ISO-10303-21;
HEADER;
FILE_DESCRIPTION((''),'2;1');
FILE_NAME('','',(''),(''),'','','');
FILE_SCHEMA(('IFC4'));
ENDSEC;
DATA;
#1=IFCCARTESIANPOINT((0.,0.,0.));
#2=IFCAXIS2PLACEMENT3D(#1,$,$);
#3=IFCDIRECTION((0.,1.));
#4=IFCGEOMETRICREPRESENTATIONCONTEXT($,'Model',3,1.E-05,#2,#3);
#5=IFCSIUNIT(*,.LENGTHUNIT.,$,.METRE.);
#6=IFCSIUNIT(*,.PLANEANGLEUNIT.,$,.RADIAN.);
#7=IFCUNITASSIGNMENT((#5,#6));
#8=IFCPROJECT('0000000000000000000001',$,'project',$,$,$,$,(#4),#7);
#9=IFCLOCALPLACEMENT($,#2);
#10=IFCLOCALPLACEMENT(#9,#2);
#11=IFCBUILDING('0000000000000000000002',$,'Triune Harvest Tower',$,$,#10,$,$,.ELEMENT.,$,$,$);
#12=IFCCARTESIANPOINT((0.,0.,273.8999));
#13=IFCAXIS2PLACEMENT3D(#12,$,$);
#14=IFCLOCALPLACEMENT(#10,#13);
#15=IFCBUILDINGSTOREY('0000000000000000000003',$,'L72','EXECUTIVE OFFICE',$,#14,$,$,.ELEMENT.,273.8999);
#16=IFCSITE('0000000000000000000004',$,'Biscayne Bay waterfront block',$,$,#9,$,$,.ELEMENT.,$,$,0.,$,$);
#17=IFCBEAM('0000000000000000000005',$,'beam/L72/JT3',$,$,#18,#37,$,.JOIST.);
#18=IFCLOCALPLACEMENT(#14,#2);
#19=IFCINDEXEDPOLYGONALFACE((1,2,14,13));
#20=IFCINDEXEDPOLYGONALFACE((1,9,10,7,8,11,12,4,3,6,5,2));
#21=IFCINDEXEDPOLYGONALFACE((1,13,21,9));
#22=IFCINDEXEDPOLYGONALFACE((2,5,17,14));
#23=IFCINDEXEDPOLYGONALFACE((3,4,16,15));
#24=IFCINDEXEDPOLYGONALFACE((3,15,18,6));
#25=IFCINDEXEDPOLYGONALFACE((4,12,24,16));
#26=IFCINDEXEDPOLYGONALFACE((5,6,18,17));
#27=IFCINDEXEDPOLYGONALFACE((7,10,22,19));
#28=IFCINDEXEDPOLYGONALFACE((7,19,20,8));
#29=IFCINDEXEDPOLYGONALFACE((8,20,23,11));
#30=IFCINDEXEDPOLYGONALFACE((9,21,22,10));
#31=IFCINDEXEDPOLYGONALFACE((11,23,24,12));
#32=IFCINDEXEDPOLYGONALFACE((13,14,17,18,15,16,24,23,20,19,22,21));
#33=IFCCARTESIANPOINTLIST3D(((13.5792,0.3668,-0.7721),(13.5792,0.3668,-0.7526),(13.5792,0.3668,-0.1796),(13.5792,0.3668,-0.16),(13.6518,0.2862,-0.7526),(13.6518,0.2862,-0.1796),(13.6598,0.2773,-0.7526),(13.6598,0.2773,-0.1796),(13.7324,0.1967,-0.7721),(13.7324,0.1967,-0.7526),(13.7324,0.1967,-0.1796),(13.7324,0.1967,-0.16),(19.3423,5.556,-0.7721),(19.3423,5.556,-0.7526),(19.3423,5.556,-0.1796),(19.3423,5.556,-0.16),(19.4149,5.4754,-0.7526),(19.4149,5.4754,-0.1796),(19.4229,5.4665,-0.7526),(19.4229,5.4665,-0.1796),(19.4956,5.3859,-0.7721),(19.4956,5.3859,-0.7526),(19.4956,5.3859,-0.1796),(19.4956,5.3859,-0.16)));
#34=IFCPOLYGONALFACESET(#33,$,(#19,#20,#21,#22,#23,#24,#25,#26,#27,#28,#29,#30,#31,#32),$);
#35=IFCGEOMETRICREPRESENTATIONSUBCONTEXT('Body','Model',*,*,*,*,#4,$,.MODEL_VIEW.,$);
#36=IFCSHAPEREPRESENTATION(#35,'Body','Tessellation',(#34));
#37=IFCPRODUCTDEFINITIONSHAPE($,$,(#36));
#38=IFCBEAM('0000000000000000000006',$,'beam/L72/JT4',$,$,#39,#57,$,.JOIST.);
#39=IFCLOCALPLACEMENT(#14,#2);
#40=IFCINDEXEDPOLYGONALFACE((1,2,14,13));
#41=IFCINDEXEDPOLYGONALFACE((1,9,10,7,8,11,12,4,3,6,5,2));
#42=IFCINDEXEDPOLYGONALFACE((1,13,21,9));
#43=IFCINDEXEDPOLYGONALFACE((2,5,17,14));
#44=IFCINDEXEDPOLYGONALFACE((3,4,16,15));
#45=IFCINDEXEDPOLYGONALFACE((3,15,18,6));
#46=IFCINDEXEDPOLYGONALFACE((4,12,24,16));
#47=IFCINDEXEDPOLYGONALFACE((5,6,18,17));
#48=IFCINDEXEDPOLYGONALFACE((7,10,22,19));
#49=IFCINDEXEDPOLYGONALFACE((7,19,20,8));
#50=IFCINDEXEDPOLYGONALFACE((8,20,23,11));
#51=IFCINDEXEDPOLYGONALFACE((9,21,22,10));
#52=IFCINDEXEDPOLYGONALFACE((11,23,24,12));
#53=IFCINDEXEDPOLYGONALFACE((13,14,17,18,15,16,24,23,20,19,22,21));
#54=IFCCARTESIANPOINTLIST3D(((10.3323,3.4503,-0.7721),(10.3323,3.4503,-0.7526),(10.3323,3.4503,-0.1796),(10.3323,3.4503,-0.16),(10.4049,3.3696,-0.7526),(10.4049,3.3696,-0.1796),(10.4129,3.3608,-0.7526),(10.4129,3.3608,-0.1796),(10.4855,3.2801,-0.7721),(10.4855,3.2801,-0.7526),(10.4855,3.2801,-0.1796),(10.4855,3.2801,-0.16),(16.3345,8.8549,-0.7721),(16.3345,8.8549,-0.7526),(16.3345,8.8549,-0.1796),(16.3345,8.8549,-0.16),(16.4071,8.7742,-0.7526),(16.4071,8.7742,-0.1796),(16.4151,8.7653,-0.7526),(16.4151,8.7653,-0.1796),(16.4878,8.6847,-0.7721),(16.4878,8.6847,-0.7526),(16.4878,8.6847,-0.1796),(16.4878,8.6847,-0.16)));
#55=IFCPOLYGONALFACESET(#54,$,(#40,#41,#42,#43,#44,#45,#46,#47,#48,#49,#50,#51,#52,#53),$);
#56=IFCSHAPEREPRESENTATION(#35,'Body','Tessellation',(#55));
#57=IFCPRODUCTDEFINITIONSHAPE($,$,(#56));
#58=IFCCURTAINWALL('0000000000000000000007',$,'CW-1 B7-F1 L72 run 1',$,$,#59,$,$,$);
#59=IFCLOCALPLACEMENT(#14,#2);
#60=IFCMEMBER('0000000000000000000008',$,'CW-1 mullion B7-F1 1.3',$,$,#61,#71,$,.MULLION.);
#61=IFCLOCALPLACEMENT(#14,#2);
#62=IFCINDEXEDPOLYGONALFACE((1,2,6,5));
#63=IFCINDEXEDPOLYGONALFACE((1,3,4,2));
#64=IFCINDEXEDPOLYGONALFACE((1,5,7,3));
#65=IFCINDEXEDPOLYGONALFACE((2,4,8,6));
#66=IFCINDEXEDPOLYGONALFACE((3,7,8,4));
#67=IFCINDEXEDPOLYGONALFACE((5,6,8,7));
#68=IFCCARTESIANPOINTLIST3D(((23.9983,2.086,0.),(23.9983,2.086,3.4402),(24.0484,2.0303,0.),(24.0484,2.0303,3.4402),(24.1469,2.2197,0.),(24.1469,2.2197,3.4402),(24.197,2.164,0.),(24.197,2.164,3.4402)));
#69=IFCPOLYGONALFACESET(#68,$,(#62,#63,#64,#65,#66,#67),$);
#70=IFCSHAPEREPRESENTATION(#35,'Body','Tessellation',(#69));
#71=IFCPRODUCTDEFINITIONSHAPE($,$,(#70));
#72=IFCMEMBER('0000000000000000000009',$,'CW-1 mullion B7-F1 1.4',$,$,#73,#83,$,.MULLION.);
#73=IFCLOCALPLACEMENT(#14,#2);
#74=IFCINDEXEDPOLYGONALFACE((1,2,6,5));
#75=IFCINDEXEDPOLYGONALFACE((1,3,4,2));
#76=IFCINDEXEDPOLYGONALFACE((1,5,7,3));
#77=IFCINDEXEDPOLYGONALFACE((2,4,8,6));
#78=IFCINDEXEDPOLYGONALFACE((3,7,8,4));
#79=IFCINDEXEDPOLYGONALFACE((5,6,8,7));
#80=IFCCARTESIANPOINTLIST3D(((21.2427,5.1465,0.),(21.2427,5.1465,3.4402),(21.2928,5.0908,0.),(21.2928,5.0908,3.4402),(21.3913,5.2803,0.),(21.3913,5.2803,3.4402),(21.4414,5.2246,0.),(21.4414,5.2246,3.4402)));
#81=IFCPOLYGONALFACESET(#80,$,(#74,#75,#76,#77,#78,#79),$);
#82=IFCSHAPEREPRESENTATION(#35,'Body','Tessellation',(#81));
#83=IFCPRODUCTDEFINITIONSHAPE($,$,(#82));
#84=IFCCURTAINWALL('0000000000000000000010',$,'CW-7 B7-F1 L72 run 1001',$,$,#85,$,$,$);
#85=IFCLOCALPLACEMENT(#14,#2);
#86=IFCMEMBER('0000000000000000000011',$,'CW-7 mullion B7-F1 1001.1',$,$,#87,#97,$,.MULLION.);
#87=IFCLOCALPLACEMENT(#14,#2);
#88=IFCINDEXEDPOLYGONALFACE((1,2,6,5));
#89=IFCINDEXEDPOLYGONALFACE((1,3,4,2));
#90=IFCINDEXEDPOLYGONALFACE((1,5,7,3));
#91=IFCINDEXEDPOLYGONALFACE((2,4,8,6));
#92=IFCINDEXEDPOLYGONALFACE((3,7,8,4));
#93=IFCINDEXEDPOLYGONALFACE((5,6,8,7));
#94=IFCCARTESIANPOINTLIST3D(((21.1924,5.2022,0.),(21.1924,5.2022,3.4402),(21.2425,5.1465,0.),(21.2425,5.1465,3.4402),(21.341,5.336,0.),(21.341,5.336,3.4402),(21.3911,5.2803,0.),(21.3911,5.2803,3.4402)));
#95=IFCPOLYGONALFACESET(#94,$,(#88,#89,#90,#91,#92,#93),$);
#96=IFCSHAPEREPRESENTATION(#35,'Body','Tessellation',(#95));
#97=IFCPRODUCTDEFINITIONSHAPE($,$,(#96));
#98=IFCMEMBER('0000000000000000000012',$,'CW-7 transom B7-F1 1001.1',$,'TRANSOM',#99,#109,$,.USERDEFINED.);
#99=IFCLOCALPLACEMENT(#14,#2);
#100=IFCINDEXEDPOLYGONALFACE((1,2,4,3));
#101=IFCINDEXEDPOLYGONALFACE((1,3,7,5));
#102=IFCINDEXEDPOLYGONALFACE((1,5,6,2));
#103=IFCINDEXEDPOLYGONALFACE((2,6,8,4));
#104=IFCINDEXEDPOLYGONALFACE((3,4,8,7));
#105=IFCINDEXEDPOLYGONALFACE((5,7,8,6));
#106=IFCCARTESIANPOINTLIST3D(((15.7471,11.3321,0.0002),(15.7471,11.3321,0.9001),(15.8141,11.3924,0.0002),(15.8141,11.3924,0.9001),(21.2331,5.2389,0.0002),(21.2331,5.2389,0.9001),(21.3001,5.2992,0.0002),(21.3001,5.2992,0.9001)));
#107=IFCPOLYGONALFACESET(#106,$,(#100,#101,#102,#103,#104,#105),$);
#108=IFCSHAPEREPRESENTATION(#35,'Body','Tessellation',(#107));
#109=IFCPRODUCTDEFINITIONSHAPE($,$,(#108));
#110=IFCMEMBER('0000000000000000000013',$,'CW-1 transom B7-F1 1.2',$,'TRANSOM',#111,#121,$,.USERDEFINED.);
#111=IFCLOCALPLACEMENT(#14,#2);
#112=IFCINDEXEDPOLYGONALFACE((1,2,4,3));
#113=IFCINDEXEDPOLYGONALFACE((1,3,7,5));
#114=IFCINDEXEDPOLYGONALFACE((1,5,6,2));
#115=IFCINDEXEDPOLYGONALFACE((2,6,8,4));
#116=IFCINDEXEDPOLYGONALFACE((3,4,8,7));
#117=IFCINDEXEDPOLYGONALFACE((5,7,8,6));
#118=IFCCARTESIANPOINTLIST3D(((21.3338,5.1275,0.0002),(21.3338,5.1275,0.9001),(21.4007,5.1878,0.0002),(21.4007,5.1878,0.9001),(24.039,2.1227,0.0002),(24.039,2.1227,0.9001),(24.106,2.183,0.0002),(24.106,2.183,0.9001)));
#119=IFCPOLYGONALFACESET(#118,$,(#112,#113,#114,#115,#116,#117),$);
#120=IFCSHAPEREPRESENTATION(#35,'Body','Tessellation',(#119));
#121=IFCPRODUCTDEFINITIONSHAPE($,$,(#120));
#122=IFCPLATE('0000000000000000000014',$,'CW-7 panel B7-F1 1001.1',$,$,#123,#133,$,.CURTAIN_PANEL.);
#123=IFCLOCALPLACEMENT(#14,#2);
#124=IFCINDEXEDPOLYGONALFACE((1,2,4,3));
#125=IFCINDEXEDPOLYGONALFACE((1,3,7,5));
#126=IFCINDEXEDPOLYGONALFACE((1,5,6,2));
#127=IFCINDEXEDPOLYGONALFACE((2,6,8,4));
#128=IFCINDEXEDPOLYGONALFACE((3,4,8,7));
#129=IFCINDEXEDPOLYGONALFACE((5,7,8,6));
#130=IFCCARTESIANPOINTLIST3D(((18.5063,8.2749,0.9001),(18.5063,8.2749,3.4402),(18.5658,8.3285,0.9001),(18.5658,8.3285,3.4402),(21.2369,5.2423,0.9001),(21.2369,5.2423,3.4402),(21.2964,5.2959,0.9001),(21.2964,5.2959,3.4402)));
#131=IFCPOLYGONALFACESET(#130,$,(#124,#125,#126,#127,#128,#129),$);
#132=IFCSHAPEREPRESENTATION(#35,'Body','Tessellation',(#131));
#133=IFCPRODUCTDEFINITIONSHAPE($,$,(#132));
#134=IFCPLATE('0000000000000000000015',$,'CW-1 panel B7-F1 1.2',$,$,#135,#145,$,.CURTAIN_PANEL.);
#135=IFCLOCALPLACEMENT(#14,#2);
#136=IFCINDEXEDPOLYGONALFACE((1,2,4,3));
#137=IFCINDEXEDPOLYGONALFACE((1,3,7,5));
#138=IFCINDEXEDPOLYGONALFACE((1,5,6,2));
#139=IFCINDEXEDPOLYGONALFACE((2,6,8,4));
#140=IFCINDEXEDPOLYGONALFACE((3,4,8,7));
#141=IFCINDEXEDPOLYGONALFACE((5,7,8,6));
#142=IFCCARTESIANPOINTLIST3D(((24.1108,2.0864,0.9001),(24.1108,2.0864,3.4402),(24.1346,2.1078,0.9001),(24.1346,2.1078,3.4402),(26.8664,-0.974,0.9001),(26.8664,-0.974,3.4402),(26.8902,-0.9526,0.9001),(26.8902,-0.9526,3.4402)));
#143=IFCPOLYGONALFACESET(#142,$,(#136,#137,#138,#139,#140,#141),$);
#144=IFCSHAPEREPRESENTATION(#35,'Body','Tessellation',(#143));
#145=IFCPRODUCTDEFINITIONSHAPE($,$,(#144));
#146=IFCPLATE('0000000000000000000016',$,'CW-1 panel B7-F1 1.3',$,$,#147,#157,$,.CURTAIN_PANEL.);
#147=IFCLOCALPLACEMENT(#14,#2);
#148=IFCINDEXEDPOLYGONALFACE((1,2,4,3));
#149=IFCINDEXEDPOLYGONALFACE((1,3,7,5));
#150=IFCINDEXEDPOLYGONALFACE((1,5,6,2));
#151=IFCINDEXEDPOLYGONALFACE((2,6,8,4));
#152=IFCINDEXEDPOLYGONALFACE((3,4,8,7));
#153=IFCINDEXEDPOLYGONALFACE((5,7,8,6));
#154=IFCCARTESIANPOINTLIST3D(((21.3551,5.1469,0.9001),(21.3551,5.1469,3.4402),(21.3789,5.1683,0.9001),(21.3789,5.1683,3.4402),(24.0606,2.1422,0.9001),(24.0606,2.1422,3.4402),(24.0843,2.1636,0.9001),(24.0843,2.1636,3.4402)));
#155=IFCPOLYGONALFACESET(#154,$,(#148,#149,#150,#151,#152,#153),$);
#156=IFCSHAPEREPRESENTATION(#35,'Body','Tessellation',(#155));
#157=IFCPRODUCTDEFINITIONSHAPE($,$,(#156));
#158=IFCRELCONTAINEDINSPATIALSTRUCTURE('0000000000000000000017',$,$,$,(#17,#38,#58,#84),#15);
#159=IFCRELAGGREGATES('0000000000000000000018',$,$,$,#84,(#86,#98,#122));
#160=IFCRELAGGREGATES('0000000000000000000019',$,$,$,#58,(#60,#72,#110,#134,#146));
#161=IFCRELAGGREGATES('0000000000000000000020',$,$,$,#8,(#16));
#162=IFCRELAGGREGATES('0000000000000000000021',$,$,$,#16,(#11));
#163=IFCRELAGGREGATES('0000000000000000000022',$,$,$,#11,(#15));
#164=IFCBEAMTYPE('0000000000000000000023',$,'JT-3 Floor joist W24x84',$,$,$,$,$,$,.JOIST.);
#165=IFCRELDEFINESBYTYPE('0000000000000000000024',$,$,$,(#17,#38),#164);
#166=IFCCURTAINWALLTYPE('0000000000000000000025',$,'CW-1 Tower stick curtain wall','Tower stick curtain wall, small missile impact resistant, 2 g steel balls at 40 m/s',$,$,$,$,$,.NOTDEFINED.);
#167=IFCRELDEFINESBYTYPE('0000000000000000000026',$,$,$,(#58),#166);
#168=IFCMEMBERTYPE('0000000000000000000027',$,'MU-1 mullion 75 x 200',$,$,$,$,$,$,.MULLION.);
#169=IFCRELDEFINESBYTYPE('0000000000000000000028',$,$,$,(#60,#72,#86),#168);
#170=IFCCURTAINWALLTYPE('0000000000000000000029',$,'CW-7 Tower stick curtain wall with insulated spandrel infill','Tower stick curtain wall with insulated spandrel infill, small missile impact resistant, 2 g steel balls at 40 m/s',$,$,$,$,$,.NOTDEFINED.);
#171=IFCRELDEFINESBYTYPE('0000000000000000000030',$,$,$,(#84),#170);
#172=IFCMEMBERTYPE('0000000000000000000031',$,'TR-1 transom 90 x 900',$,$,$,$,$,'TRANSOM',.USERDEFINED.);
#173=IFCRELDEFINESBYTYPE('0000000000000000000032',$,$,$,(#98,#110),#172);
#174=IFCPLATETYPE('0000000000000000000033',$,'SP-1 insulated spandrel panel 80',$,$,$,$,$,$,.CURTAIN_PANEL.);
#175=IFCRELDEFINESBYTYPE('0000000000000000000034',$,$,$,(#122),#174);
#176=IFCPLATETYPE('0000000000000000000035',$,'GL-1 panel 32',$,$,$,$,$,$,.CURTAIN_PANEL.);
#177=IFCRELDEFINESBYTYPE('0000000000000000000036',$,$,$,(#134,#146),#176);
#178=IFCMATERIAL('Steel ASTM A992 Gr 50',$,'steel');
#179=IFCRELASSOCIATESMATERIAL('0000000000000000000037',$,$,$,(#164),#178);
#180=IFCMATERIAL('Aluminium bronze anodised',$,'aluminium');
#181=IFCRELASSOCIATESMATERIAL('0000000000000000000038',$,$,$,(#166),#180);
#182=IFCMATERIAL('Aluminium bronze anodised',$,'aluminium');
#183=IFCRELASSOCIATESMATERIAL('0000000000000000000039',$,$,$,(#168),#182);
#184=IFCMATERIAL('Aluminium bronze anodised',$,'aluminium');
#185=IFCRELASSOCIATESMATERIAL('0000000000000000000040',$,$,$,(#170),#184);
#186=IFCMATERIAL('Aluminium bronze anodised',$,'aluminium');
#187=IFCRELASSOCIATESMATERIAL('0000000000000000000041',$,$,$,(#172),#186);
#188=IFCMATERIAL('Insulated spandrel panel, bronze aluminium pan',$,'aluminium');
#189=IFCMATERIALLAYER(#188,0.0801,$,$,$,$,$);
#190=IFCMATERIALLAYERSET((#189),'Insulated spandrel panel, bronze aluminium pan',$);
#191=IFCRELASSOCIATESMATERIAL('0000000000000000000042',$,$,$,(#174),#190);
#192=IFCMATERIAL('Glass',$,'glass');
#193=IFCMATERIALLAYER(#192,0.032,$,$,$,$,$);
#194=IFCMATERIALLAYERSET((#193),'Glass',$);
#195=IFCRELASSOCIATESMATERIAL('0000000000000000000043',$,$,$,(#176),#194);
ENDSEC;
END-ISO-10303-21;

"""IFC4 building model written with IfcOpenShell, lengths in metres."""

from ifc_helpers import new_model, si_unit, direction, frame, origin, origin_2d, place, context, subcontext, project, spatial, rectangle, i_section, extrude, source, transform, mapped, material, layer, layer_set, material_profile, profile_set, type_object, element, aggregate, save


model = new_model("IFC4")

# Units and contexts
model_context = context("Model", 3, precision=1e-05, world=origin(), true_north=direction((0.0, 1.0)))
body_context = subcontext(model_context, "Body", "Model", "MODEL_VIEW")
ifc_project = project(units=[si_unit("LENGTHUNIT", "METRE"), si_unit("PLANEANGLEUNIT", "RADIAN")], contexts=[model_context])

# Site, building, storey
site_placement = place(None, origin())
site = spatial("IfcSite", under=ifc_project, at=site_placement, Name="Biscayne Bay waterfront block", CompositionType="ELEMENT", RefElevation=0.0)
building_placement = place(site_placement, origin())
building = spatial("IfcBuilding", under=site, at=building_placement, Name="Triune Harvest Tower", CompositionType="ELEMENT")
storey_placement = place(building_placement, frame((0.0, 0.0, 273.8999)))
storey = spatial("IfcBuildingStorey", under=building, at=storey_placement, Name="L72", Description="EXECUTIVE OFFICE", CompositionType="ELEMENT", Elevation=273.8999)

# Beams
ifc_material_1 = material(Name="Steel ASTM A992 Gr 50", Category="steel")
ifc_material_profile_1 = material_profile(ifc_material_1, i_section(OverallWidth=0.229, OverallDepth=0.6121, WebThickness=0.012, FlangeThickness=0.0195, at=origin_2d()), Name="W24x84")
ifc_profile_set_1 = profile_set([ifc_material_profile_1], Name="Steel ASTM A992 Gr 50")
beam_type_1 = type_object("IfcBeamType", Name="JT-3 Floor joist W24x84", PredefinedType="JOIST", material=ifc_profile_set_1)
shared_shape_1 = source(origin(), body_context, "Body", "SweptSolid", [
    extrude(i_section(OverallWidth=0.229, OverallDepth=0.6121, WebThickness=0.012, FlangeThickness=0.0195, at=origin_2d()), origin(), (0.0, 0.0, 1.0), 7.7551),
])
beam_1_placement = place(storey_placement, frame((19.4189, 5.4709, -0.4661), z_axis=(-0.743144, -0.669132, 0.0), x_axis=(0.669132, -0.743144, 0.0)))
element("IfcBeam", 1, at=beam_1_placement, inside=storey, type_object=beam_type_1, Name="beam/L72/JT3", PredefinedType="JOIST", context=body_context, shape_type="MappedRepresentation", body=[
    mapped(shared_shape_1, transform((0.0, 0.0, 0.0), scale=1.0)),
])
shared_shape_2 = source(origin(), body_context, "Body", "SweptSolid", [
    extrude(i_section(OverallWidth=0.229, OverallDepth=0.6121, WebThickness=0.012, FlangeThickness=0.0195, at=origin_2d()), origin(), (0.0, 0.0, 1.0), 8.0769),
])
beam_2_placement = place(storey_placement, frame((16.4111, 8.7698, -0.4661), z_axis=(-0.743136, -0.66914, 0.0), x_axis=(0.66914, -0.743136, 0.0)))
element("IfcBeam", 2, at=beam_2_placement, inside=storey, type_object=beam_type_1, Name="beam/L72/JT4", PredefinedType="JOIST", context=body_context, shape_type="MappedRepresentation", body=[
    mapped(shared_shape_2, transform((0.0, 0.0, 0.0), scale=1.0)),
])

# Curtain walls, members
ifc_material_2 = material(Name="Aluminium bronze anodised", Category="aluminium")
curtain_wall_type_1 = type_object("IfcCurtainWallType", Name="CW-1 Tower stick curtain wall", Description="Tower stick curtain wall, small missile impact resistant, 2 g steel balls at 40 m/s", PredefinedType="NOTDEFINED", material=ifc_material_2)
curtain_wall_1_placement = place(storey_placement, origin())
curtain_wall_1 = element("IfcCurtainWall", 3, at=curtain_wall_1_placement, inside=storey, type_object=curtain_wall_type_1, Name="CW-1 B7-F1 L72 run 1")
ifc_material_3 = material(Name="Aluminium bronze anodised", Category="aluminium")
ifc_material_profile_2 = material_profile(ifc_material_3, rectangle(XDim=0.2, YDim=0.075, at=origin_2d()), Name="MU-1 mullion 75 x 200")
ifc_profile_set_2 = profile_set([ifc_material_profile_2], Name="Aluminium bronze anodised")
member_type_1 = type_object("IfcMemberType", Name="MU-1 mullion 75 x 200", PredefinedType="MULLION", material=ifc_profile_set_2)
shared_shape_3 = source(origin(), body_context, "Body", "SweptSolid", [
    extrude(rectangle(XDim=0.2, YDim=0.075, at=origin_2d()), origin(), (0.0, 0.0, 1.0), 3.4402),
])
member_1_placement = place(storey_placement, frame((24.0977, 2.125, 0.0), z_axis=(0.0, 0.0, 1.0), x_axis=(-0.743144, -0.669131, 0.0)))
member_1 = element("IfcMember", 4, at=member_1_placement, type_object=member_type_1, Name="CW-1 mullion B7-F1 1.3", PredefinedType="MULLION", context=body_context, shape_type="MappedRepresentation", body=[
    mapped(shared_shape_3, transform((0.0, 0.0, 0.0), scale=1.0)),
])
member_2_placement = place(storey_placement, frame((21.342, 5.1855, 0.0), z_axis=(0.0, 0.0, 1.0), x_axis=(-0.743144, -0.669131, 0.0)))
member_2 = element("IfcMember", 5, at=member_2_placement, type_object=member_type_1, Name="CW-1 mullion B7-F1 1.4", PredefinedType="MULLION", context=body_context, shape_type="MappedRepresentation", body=[
    mapped(shared_shape_3, transform((0.0, 0.0, 0.0), scale=1.0)),
])
ifc_material_4 = material(Name="Aluminium bronze anodised", Category="aluminium")
curtain_wall_type_2 = type_object("IfcCurtainWallType", Name="CW-7 Tower stick curtain wall with insulated spandrel infill", Description="Tower stick curtain wall with insulated spandrel infill, small missile impact resistant, 2 g steel balls at 40 m/s", PredefinedType="NOTDEFINED", material=ifc_material_4)
curtain_wall_2_placement = place(storey_placement, origin())
curtain_wall_2 = element("IfcCurtainWall", 6, at=curtain_wall_2_placement, inside=storey, type_object=curtain_wall_type_2, Name="CW-7 B7-F1 L72 run 1001")
member_3_placement = place(storey_placement, frame((21.2917, 5.2412, 0.0), z_axis=(0.0, 0.0, 1.0), x_axis=(-0.743144, -0.669131, 0.0)))
member_3 = element("IfcMember", 7, at=member_3_placement, type_object=member_type_1, Name="CW-7 mullion B7-F1 1001.1", PredefinedType="MULLION", context=body_context, shape_type="MappedRepresentation", body=[
    mapped(shared_shape_3, transform((0.0, 0.0, 0.0), scale=1.0)),
])
ifc_material_5 = material(Name="Aluminium bronze anodised", Category="aluminium")
ifc_material_profile_3 = material_profile(ifc_material_5, rectangle(XDim=0.0901, YDim=0.8999, at=origin_2d()), Name="TR-1 transom 90 x 900")
ifc_profile_set_3 = profile_set([ifc_material_profile_3], Name="Aluminium bronze anodised")
member_type_2 = type_object("IfcMemberType", Name="TR-1 transom 90 x 900", ElementType="TRANSOM", PredefinedType="USERDEFINED", material=ifc_profile_set_3)
shared_shape_4 = source(origin(), body_context, "Body", "SweptSolid", [
    extrude(rectangle(XDim=0.0901, YDim=0.8999, at=origin_2d()), origin(), (0.0, 0.0, 1.0), 8.199),
])
member_4_placement = place(storey_placement, frame((21.2666, 5.269, 0.4502), z_axis=(-0.669109, 0.743164, 0.0), x_axis=(-0.743164, -0.669109, 0.0)))
member_4 = element("IfcMember", 8, at=member_4_placement, type_object=member_type_2, Name="CW-7 transom B7-F1 1001.1", ObjectType="TRANSOM", PredefinedType="USERDEFINED", context=body_context, shape_type="MappedRepresentation", body=[
    mapped(shared_shape_4, transform((0.0, 0.0, 0.0), scale=1.0)),
])

# Member
shared_shape_5 = source(origin(), body_context, "Body", "SweptSolid", [
    extrude(rectangle(XDim=0.0901, YDim=0.8999, at=origin_2d()), origin(), (0.0, 0.0, 1.0), 4.0432),
])
member_5_placement = place(storey_placement, frame((24.0725, 2.1528, 0.4502), z_axis=(-0.669091, 0.74318, 0.0), x_axis=(-0.74318, -0.669091, 0.0)))
member_5 = element("IfcMember", 9, at=member_5_placement, type_object=member_type_2, Name="CW-1 transom B7-F1 1.2", ObjectType="TRANSOM", PredefinedType="USERDEFINED", context=body_context, shape_type="MappedRepresentation", body=[
    mapped(shared_shape_5, transform((0.0, 0.0, 0.0), scale=1.0)),
])

# Plates
ifc_material_6 = material(Name="Insulated spandrel panel, bronze aluminium pan", Category="aluminium")
ifc_layer_1 = layer(ifc_material_6, 0.0801)
ifc_layer_set_1 = layer_set([ifc_layer_1], Name="Insulated spandrel panel, bronze aluminium pan")
plate_type_1 = type_object("IfcPlateType", Name="SP-1 insulated spandrel panel 80", PredefinedType="CURTAIN_PANEL", material=ifc_layer_set_1)
shared_shape_6 = source(origin(), body_context, "Body", "SweptSolid", [
    extrude(rectangle(XDim=4.0808, YDim=0.0801, at=origin_2d()), origin(), (0.0, 0.0, 1.0), 2.54),
])
plate_1_placement = place(storey_placement, frame((19.9014, 6.7854, 0.9001), z_axis=(0.0, 0.0, 1.0), x_axis=(-0.669131, 0.743144, 0.0)))
plate_1 = element("IfcPlate", 10, at=plate_1_placement, type_object=plate_type_1, Name="CW-7 panel B7-F1 1001.1", PredefinedType="CURTAIN_PANEL", context=body_context, shape_type="MappedRepresentation", body=[
    mapped(shared_shape_6, transform((0.0, 0.0, 0.0), scale=1.0)),
])
aggregate(curtain_wall_2, [member_3, member_4, plate_1])
ifc_material_7 = material(Name="Glass", Category="glass")
ifc_layer_2 = layer(ifc_material_7, 0.032)
ifc_layer_set_2 = layer_set([ifc_layer_2], Name="Glass")
plate_type_2 = type_object("IfcPlateType", Name="GL-1 panel 32", PredefinedType="CURTAIN_PANEL", material=ifc_layer_set_2)
shared_shape_7 = source(origin(), body_context, "Body", "SweptSolid", [
    extrude(rectangle(XDim=4.1182, YDim=0.032, at=origin_2d()), origin(), (0.0, 0.0, 1.0), 2.54),
])
plate_2_placement = place(storey_placement, frame((25.5005, 0.5669, 0.9001), z_axis=(0.0, 0.0, 1.0), x_axis=(-0.669131, 0.743144, 0.0)))
plate_2 = element("IfcPlate", 11, at=plate_2_placement, type_object=plate_type_2, Name="CW-1 panel B7-F1 1.2", PredefinedType="CURTAIN_PANEL", context=body_context, shape_type="MappedRepresentation", body=[
    mapped(shared_shape_7, transform((0.0, 0.0, 0.0), scale=1.0)),
])
shared_shape_8 = source(origin(), body_context, "Body", "SweptSolid", [
    extrude(rectangle(XDim=4.0432, YDim=0.032, at=origin_2d()), origin(), (0.0, 0.0, 1.0), 2.54),
])
plate_3_placement = place(storey_placement, frame((22.7197, 3.6553, 0.9001), z_axis=(0.0, 0.0, 1.0), x_axis=(-0.669131, 0.743144, 0.0)))
plate_3 = element("IfcPlate", 12, at=plate_3_placement, type_object=plate_type_2, Name="CW-1 panel B7-F1 1.3", PredefinedType="CURTAIN_PANEL", context=body_context, shape_type="MappedRepresentation", body=[
    mapped(shared_shape_8, transform((0.0, 0.0, 0.0), scale=1.0)),
])
aggregate(curtain_wall_1, [member_1, member_2, member_5, plate_2, plate_3])

save(model, "model.ifc")
